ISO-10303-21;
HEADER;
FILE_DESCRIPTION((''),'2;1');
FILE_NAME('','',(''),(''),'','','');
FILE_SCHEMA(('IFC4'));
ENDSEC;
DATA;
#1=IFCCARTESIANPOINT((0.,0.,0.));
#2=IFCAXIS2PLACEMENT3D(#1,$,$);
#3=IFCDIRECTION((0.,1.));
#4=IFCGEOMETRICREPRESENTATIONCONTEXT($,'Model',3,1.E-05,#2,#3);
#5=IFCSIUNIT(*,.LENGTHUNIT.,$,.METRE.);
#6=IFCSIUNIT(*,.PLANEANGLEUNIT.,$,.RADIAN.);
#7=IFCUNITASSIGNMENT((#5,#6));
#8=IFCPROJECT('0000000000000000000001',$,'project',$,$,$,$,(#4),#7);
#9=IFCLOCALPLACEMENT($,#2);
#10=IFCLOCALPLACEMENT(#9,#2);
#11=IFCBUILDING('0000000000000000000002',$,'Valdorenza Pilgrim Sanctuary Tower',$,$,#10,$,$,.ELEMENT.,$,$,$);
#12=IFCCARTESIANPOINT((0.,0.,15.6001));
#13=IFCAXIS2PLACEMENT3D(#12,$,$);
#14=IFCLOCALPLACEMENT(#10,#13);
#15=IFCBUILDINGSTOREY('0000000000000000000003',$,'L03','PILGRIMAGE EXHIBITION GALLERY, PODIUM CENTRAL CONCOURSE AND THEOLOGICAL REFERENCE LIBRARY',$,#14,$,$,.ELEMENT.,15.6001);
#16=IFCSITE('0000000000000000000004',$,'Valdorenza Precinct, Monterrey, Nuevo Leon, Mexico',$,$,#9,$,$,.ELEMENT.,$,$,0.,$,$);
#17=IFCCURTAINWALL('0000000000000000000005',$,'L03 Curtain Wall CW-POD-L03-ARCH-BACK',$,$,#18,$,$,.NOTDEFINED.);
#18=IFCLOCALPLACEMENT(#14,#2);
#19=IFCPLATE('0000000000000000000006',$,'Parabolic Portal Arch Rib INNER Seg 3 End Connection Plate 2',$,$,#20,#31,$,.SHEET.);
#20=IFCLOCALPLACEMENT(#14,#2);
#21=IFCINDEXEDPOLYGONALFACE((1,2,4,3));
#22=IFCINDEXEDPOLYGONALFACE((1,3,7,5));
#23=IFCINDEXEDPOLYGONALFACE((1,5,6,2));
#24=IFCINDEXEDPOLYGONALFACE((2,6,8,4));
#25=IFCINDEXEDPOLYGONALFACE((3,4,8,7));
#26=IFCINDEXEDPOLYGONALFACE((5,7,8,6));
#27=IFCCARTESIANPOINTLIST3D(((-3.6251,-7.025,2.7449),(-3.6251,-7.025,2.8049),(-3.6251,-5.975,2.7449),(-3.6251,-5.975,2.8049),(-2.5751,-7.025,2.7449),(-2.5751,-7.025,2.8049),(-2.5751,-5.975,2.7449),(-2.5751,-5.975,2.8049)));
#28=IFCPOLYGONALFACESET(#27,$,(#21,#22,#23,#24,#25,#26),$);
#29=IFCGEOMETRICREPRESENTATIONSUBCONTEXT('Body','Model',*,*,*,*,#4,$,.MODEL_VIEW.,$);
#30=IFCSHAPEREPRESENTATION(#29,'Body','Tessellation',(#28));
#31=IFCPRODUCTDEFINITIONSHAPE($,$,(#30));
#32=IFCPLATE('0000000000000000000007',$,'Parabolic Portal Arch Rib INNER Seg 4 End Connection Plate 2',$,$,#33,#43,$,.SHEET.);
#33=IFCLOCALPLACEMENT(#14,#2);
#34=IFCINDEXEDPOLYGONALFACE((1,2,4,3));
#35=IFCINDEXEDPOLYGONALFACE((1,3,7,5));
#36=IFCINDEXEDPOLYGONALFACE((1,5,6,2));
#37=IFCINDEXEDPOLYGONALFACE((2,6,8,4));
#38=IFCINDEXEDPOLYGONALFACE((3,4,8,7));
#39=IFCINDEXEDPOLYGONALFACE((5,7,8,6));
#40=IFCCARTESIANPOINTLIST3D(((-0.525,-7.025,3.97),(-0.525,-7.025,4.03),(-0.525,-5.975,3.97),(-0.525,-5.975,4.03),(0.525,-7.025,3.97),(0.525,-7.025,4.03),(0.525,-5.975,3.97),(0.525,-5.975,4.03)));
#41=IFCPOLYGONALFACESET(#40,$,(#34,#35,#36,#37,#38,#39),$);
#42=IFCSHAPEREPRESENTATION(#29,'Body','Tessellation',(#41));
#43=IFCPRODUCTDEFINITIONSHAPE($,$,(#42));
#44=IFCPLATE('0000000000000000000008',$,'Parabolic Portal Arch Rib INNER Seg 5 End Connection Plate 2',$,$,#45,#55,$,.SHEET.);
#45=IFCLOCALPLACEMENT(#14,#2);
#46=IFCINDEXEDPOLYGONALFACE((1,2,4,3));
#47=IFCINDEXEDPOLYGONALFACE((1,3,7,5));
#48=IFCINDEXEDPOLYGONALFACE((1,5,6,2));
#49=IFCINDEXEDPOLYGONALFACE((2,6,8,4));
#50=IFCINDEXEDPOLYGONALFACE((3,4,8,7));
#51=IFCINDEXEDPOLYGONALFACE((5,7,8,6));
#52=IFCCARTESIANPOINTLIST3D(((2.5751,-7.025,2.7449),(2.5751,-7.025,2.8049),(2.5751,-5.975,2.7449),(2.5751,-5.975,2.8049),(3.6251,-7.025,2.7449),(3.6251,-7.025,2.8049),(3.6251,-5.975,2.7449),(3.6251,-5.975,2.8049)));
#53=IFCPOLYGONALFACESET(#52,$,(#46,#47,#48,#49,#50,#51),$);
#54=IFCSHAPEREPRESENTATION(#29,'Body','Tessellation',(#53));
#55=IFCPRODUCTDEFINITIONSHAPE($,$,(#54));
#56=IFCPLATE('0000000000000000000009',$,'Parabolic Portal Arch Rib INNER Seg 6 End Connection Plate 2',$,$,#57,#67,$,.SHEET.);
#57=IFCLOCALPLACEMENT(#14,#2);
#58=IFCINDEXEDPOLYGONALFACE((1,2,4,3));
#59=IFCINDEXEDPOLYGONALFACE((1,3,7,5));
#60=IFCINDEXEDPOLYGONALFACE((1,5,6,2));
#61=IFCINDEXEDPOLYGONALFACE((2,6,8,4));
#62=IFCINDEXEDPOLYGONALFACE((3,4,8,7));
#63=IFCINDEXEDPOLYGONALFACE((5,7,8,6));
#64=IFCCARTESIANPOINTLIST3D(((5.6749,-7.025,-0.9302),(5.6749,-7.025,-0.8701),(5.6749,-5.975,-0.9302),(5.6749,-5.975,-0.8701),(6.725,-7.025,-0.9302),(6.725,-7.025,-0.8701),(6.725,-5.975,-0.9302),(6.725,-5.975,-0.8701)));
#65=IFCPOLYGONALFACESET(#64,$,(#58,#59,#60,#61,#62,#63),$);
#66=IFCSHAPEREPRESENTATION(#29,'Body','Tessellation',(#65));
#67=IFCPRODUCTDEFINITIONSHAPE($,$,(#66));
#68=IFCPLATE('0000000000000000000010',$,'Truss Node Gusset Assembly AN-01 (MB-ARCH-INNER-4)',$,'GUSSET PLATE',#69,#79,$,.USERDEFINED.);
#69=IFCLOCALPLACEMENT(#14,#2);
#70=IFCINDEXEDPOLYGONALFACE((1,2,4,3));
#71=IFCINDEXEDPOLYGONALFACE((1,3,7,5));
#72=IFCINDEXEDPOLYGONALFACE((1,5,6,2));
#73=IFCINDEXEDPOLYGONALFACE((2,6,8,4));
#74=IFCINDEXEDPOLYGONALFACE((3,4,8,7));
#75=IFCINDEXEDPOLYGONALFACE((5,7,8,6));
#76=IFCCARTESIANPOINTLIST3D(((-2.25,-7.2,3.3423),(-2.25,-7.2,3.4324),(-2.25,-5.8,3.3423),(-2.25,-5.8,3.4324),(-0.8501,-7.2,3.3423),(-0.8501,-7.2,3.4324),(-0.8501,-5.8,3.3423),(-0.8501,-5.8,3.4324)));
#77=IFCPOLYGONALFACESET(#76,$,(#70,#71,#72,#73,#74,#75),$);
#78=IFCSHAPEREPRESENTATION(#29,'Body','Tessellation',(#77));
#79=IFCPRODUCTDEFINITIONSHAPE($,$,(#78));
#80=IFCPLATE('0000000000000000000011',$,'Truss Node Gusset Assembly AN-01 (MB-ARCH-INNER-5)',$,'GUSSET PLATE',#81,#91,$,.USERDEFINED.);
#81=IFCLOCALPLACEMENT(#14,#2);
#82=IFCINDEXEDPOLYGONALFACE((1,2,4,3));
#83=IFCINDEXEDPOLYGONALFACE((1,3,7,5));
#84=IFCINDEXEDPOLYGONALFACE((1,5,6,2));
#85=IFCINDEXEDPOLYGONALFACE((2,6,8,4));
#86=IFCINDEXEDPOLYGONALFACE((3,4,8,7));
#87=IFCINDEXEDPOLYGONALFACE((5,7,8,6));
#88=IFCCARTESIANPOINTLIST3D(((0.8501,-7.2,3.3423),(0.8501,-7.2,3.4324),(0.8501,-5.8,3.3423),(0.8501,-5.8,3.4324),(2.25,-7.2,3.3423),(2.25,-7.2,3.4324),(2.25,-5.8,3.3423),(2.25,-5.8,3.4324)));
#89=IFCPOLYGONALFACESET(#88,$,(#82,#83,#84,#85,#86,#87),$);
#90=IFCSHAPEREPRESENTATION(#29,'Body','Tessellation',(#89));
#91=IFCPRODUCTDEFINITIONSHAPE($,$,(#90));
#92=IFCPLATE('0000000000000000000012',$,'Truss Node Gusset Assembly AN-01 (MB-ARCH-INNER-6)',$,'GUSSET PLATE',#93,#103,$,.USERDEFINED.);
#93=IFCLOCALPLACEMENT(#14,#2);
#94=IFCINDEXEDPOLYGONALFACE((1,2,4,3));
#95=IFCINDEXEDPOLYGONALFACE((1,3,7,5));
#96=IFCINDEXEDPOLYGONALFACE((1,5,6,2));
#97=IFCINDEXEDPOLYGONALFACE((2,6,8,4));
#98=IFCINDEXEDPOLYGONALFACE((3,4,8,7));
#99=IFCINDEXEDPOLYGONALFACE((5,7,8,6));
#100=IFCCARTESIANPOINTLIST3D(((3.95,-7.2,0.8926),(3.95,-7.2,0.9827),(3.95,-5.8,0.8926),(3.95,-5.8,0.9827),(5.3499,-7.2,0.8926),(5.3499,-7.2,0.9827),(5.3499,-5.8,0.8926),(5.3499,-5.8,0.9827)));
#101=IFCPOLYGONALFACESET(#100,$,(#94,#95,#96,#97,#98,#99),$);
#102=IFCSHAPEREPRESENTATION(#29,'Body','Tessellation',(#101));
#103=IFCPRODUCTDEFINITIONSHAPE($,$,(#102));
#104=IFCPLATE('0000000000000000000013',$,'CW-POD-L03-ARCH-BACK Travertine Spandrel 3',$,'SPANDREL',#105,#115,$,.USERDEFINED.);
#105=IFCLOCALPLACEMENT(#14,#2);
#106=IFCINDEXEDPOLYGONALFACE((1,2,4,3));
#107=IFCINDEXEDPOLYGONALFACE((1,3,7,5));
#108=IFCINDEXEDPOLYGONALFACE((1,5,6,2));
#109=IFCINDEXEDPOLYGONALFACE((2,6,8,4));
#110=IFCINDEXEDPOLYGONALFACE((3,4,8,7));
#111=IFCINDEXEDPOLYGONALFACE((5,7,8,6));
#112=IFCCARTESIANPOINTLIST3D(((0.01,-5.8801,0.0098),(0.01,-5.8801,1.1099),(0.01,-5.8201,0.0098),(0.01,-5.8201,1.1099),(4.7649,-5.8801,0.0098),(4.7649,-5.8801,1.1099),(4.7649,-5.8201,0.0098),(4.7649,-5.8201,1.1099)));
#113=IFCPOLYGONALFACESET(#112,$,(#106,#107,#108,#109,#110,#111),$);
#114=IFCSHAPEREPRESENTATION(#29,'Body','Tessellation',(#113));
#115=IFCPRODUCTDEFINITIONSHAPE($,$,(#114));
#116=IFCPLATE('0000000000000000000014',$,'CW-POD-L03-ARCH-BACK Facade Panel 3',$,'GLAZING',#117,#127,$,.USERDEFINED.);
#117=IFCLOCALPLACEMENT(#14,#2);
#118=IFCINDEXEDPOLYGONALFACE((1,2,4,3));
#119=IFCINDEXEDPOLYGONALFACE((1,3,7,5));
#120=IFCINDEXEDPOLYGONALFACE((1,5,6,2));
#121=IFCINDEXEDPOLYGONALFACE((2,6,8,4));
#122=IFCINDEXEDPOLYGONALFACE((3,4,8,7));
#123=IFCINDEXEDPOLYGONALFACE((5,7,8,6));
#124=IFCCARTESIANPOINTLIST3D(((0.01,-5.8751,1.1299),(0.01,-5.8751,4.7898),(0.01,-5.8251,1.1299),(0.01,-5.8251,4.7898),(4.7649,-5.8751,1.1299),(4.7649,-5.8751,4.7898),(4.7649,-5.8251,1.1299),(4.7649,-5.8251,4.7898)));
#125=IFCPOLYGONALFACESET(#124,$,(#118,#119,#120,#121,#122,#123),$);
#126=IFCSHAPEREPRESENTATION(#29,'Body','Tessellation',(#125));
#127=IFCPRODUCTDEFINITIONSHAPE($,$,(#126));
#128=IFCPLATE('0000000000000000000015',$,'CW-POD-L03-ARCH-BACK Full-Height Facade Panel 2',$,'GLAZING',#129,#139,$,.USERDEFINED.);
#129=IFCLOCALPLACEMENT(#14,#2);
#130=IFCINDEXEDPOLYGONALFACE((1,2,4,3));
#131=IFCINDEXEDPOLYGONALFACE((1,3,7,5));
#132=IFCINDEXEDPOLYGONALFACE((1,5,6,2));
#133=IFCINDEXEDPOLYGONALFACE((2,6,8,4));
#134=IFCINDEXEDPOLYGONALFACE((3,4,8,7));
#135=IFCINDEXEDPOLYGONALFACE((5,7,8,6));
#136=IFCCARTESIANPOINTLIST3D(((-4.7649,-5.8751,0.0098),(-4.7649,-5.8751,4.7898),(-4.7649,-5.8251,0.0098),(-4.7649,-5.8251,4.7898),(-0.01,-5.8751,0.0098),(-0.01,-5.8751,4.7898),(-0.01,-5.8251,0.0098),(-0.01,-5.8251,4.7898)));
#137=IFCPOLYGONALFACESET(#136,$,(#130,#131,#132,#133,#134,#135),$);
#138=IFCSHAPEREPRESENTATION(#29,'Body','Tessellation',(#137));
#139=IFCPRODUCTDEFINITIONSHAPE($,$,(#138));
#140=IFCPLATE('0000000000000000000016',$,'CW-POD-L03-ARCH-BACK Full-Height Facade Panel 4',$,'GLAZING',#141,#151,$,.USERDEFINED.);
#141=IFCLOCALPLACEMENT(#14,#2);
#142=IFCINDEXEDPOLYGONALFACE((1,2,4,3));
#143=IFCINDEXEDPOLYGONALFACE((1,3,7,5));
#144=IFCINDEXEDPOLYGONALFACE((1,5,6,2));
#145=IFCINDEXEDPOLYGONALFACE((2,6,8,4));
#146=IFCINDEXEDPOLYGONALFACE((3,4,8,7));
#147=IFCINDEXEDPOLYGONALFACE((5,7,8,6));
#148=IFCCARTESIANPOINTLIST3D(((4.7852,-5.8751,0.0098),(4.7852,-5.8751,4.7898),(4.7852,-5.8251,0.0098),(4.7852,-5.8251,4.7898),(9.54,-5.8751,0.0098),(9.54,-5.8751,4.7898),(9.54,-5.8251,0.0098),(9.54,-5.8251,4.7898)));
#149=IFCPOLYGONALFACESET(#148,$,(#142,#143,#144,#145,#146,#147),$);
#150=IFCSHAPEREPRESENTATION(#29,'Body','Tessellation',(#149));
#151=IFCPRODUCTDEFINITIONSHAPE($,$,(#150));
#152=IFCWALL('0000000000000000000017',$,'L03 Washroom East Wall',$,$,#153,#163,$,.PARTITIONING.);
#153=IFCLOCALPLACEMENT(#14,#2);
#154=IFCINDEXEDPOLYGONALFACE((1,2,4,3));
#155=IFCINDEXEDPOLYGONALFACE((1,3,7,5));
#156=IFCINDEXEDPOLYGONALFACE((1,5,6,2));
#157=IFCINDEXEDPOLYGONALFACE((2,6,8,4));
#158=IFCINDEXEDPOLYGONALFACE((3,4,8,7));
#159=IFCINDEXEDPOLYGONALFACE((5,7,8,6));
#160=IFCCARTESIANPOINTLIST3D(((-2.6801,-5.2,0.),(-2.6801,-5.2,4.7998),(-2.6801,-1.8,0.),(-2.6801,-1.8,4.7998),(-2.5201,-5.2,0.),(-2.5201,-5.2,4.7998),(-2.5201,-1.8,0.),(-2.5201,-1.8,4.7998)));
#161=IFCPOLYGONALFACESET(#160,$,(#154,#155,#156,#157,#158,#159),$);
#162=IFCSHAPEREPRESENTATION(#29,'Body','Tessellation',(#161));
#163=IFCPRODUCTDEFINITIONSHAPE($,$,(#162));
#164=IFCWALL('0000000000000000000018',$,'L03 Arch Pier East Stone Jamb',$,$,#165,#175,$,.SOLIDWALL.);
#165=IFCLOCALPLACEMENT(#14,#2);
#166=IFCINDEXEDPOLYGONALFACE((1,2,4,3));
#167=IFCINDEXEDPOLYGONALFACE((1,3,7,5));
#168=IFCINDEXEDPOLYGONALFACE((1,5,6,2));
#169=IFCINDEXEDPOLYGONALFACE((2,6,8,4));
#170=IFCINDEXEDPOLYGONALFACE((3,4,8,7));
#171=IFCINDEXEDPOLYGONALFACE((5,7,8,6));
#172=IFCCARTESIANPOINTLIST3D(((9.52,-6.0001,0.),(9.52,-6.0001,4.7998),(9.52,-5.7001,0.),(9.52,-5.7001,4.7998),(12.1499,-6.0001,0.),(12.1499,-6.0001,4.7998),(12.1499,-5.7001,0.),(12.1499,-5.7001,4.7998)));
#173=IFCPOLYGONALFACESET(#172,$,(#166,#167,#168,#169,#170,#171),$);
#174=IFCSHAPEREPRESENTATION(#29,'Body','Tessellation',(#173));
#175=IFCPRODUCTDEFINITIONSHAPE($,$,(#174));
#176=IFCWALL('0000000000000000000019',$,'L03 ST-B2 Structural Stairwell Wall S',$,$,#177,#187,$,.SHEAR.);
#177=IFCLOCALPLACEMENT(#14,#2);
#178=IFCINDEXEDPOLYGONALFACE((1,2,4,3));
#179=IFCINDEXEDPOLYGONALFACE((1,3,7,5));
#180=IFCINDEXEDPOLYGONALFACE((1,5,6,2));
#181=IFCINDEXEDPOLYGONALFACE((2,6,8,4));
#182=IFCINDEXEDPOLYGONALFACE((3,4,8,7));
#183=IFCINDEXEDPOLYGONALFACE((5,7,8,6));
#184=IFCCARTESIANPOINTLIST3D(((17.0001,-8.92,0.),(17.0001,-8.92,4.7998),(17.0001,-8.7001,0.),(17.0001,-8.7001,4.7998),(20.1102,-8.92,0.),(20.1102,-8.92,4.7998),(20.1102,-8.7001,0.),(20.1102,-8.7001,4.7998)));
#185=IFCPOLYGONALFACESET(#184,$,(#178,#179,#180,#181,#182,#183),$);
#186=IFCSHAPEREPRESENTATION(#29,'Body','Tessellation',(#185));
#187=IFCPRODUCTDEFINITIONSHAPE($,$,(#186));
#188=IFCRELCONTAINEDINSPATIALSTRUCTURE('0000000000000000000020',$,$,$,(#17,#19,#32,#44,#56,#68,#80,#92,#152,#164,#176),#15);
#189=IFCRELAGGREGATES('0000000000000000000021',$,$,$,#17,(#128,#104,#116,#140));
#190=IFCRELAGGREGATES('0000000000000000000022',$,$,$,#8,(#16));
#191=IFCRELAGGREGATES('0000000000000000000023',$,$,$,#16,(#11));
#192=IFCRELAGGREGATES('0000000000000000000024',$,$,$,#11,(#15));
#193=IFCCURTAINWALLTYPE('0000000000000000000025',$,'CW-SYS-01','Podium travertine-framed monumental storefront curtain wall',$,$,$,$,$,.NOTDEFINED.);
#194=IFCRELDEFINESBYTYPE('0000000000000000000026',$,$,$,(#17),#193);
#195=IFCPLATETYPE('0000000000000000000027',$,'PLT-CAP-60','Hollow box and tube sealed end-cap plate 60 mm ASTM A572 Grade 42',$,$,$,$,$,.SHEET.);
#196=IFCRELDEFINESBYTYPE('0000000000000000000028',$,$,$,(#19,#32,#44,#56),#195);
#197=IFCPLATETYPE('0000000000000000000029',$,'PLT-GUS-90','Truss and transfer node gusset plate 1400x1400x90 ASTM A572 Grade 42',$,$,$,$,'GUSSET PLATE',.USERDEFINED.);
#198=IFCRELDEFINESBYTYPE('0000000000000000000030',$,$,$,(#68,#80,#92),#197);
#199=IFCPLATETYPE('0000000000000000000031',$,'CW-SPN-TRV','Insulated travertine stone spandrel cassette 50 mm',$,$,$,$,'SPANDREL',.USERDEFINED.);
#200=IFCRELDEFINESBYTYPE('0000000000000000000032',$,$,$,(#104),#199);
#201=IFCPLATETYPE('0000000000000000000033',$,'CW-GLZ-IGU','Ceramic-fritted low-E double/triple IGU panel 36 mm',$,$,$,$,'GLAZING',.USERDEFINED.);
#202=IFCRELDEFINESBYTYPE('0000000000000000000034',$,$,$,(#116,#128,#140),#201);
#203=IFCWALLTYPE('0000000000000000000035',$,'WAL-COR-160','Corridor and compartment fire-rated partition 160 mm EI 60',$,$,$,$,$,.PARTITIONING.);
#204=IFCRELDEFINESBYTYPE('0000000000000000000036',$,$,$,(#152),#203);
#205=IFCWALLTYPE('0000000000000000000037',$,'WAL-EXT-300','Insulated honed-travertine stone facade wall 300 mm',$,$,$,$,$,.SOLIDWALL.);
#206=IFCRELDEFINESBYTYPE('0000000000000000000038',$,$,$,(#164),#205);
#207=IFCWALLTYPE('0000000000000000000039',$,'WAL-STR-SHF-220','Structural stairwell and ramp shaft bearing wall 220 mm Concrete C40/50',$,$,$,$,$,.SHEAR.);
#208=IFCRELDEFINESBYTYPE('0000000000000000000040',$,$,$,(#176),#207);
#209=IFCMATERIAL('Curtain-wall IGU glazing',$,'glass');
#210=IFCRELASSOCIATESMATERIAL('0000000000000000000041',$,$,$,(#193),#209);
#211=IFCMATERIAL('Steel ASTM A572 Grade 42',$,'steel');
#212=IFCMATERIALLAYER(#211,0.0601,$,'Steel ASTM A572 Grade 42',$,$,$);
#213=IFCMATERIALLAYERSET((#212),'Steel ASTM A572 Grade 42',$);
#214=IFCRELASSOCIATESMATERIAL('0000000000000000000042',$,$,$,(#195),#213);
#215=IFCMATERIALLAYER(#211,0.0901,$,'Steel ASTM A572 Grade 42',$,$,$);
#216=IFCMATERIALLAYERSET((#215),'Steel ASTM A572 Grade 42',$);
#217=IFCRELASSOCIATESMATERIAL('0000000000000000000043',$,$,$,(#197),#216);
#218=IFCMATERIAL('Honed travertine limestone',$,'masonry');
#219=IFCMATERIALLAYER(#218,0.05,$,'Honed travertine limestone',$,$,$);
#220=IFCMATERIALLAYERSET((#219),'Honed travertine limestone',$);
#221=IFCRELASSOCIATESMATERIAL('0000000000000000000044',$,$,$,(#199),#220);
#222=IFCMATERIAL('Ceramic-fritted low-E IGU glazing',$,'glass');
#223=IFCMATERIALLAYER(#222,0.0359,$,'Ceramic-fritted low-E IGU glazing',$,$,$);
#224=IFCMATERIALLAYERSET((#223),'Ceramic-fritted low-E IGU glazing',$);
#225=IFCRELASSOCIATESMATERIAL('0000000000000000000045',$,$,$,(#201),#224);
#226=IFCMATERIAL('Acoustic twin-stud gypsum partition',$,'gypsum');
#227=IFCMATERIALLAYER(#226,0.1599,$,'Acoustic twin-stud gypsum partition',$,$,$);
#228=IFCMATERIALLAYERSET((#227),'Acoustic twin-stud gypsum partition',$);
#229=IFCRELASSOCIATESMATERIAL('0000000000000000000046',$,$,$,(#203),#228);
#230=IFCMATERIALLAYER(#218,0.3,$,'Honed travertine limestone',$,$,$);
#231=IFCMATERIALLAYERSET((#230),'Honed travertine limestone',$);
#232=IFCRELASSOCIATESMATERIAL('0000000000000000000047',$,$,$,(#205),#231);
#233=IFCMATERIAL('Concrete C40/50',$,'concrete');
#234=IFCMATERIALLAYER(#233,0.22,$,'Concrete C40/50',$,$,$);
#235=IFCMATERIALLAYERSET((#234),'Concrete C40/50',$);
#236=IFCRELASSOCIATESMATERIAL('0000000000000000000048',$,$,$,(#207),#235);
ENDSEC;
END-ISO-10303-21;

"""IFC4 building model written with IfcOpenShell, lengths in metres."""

from ifc_helpers import new_model, si_unit, direction, frame, frame_2d, origin, origin_2d, place, context, subcontext, project, spatial, rectangle, extrude, source, transform, mapped, material, layer, layer_set, type_object, element, aggregate, save


model = new_model("IFC4")

# Units and contexts
model_context = context("Model", 3, precision=1e-05, world=origin(), true_north=direction((0.0, 1.0)))
body_context = subcontext(model_context, "Body", "Model", "MODEL_VIEW")
ifc_project = project(units=[si_unit("LENGTHUNIT", "METRE"), si_unit("PLANEANGLEUNIT", "RADIAN")], contexts=[model_context])

# Site, building, storey
site_placement = place(None, origin())
site = spatial("IfcSite", under=ifc_project, at=site_placement, Name="Valdorenza Precinct, Monterrey, Nuevo Leon, Mexico", CompositionType="ELEMENT", RefElevation=0.0)
building_placement = place(site_placement, origin())
building = spatial("IfcBuilding", under=site, at=building_placement, Name="Valdorenza Pilgrim Sanctuary Tower", CompositionType="ELEMENT")
storey_placement = place(building_placement, frame((0.0, 0.0, 15.6001)))
storey = spatial("IfcBuildingStorey", under=building, at=storey_placement, Name="L03", Description="PILGRIMAGE EXHIBITION GALLERY, PODIUM CENTRAL CONCOURSE AND THEOLOGICAL REFERENCE LIBRARY", CompositionType="ELEMENT", Elevation=15.6001)

# Shared definitions
ifc_material_1 = material(Name="Steel ASTM A572 Grade 42", Category="steel")

# Curtain wall
ifc_material_2 = material(Name="Curtain-wall IGU glazing", Category="glass")
curtain_wall_type = type_object("IfcCurtainWallType", Name="CW-SYS-01", Description="Podium travertine-framed monumental storefront curtain wall", PredefinedType="NOTDEFINED", material=ifc_material_2)
curtain_wall_placement = place(storey_placement, origin())
curtain_wall = element("IfcCurtainWall", 1, at=curtain_wall_placement, inside=storey, type_object=curtain_wall_type, Name="L03 Curtain Wall CW-POD-L03-ARCH-BACK", PredefinedType="NOTDEFINED")

# Plates
ifc_layer_1 = layer(ifc_material_1, 0.0601, Name="Steel ASTM A572 Grade 42")
ifc_layer_set_1 = layer_set([ifc_layer_1], Name="Steel ASTM A572 Grade 42")
plate_type_1 = type_object("IfcPlateType", Name="PLT-CAP-60", Description="Hollow box and tube sealed end-cap plate 60 mm ASTM A572 Grade 42", PredefinedType="SHEET", material=ifc_layer_set_1)
shared_shape_1 = source(origin(), body_context, "Body", "SweptSolid", [
    extrude(rectangle(XDim=1.05, YDim=1.05, at=origin_2d()), origin(), (0.0, 0.0, 1.0), 0.0601),
])
for number, where, z_axis, x_axis, name in (
    (2, (-3.1001, -6.5, 2.7449), (0.0, 0.0, 1.0), (1.0, 0.0, 0.0), "Parabolic Portal Arch Rib INNER Seg 3 End Connection Plate 2"),
    (3, (0.0, -6.5, 3.97), (0.0, 0.0, 1.0), (1.0, 0.0, 0.0), "Parabolic Portal Arch Rib INNER Seg 4 End Connection Plate 2"),
    (4, (3.1001, -6.5, 2.7449), (0.0, 0.0, 1.0), (1.0, 0.0, 0.0), "Parabolic Portal Arch Rib INNER Seg 5 End Connection Plate 2"),
    (5, (6.2, -6.5, -0.9302), (0.0, 0.0, 1.0), (1.0, 0.0, 0.0), "Parabolic Portal Arch Rib INNER Seg 6 End Connection Plate 2"),
):
    element("IfcPlate", number, at=place(storey_placement, frame(where, z_axis=z_axis, x_axis=x_axis)), inside=storey, type_object=plate_type_1, Name=name, PredefinedType="SHEET", context=body_context, shape_type="MappedRepresentation", body=[
        mapped(shared_shape_1, transform((0.0, 0.0, 0.0), x_axis=(1.0, 0.0, 0.0), y_axis=(0.0, 1.0, 0.0), z_axis=(0.0, 0.0, 1.0), scale=1.0)),
    ])
ifc_layer_2 = layer(ifc_material_1, 0.0901, Name="Steel ASTM A572 Grade 42")
ifc_layer_set_2 = layer_set([ifc_layer_2], Name="Steel ASTM A572 Grade 42")
plate_type_2 = type_object("IfcPlateType", Name="PLT-GUS-90", Description="Truss and transfer node gusset plate 1400x1400x90 ASTM A572 Grade 42", ElementType="GUSSET PLATE", PredefinedType="USERDEFINED", material=ifc_layer_set_2)
shared_shape_2 = source(origin(), body_context, "Body", "SweptSolid", [
    extrude(rectangle(XDim=1.3999, YDim=1.3999, at=origin_2d()), origin(), (0.0, 0.0, 1.0), 0.0901),
])
for number, where, z_axis, x_axis, name in (
    (6, (-1.55, -6.5, 3.3423), (0.0, 0.0, 1.0), (1.0, 0.0, 0.0), "Truss Node Gusset Assembly AN-01 (MB-ARCH-INNER-4)"),
    (7, (1.55, -6.5, 3.3423), (0.0, 0.0, 1.0), (1.0, 0.0, 0.0), "Truss Node Gusset Assembly AN-01 (MB-ARCH-INNER-5)"),
    (8, (4.6499, -6.5, 0.8926), (0.0, 0.0, 1.0), (1.0, 0.0, 0.0), "Truss Node Gusset Assembly AN-01 (MB-ARCH-INNER-6)"),
):
    element("IfcPlate", number, at=place(storey_placement, frame(where, z_axis=z_axis, x_axis=x_axis)), inside=storey, type_object=plate_type_2, Name=name, ObjectType="GUSSET PLATE", PredefinedType="USERDEFINED", context=body_context, shape_type="MappedRepresentation", body=[
        mapped(shared_shape_2, transform((0.0, 0.0, 0.0), x_axis=(1.0, 0.0, 0.0), y_axis=(0.0, 1.0, 0.0), z_axis=(0.0, 0.0, 1.0), scale=1.0)),
    ])

# Plates
ifc_material_3 = material(Name="Honed travertine limestone", Category="masonry")
ifc_layer_3 = layer(ifc_material_3, 0.05, Name="Honed travertine limestone")
ifc_layer_set_3 = layer_set([ifc_layer_3], Name="Honed travertine limestone")
plate_type_3 = type_object("IfcPlateType", Name="CW-SPN-TRV", Description="Insulated travertine stone spandrel cassette 50 mm", ElementType="SPANDREL", PredefinedType="USERDEFINED", material=ifc_layer_set_3)
shared_shape_3 = source(origin(), body_context, "Body", "SweptSolid", [
    extrude(rectangle(XDim=4.7549, YDim=0.0601, at=origin_2d()), origin(), (0.0, 0.0, 1.0), 1.1001),
])
plate_1_placement = place(storey_placement, frame((2.3875, -5.8501, 0.0098), z_axis=(0.0, 0.0, 1.0), x_axis=(1.0, 0.0, 0.0)))
plate_1 = element("IfcPlate", 9, at=plate_1_placement, type_object=plate_type_3, Name="CW-POD-L03-ARCH-BACK Travertine Spandrel 3", ObjectType="SPANDREL", PredefinedType="USERDEFINED", context=body_context, shape_type="MappedRepresentation", body=[
    mapped(shared_shape_3, transform((0.0, 0.0, 0.0), x_axis=(1.0, 0.0, 0.0), y_axis=(0.0, 1.0, 0.0), z_axis=(0.0, 0.0, 1.0), scale=1.0)),
])
ifc_material_4 = material(Name="Ceramic-fritted low-E IGU glazing", Category="glass")
ifc_layer_4 = layer(ifc_material_4, 0.0359, Name="Ceramic-fritted low-E IGU glazing")
ifc_layer_set_4 = layer_set([ifc_layer_4], Name="Ceramic-fritted low-E IGU glazing")
plate_type_4 = type_object("IfcPlateType", Name="CW-GLZ-IGU", Description="Ceramic-fritted low-E double/triple IGU panel 36 mm", ElementType="GLAZING", PredefinedType="USERDEFINED", material=ifc_layer_set_4)
shared_shape_4 = source(origin(), body_context, "Body", "SweptSolid", [
    extrude(rectangle(XDim=4.7549, YDim=0.05, at=origin_2d()), origin(), (0.0, 0.0, 1.0), 3.6599),
])
plate_2_placement = place(storey_placement, frame((2.3875, -5.8501, 1.1299), z_axis=(0.0, 0.0, 1.0), x_axis=(1.0, 0.0, 0.0)))
plate_2 = element("IfcPlate", 10, at=plate_2_placement, type_object=plate_type_4, Name="CW-POD-L03-ARCH-BACK Facade Panel 3", ObjectType="GLAZING", PredefinedType="USERDEFINED", context=body_context, shape_type="MappedRepresentation", body=[
    mapped(shared_shape_4, transform((0.0, 0.0, 0.0), x_axis=(1.0, 0.0, 0.0), y_axis=(0.0, 1.0, 0.0), z_axis=(0.0, 0.0, 1.0), scale=1.0)),
])
shared_shape_5 = source(origin(), body_context, "Body", "SweptSolid", [
    extrude(rectangle(XDim=4.7549, YDim=0.05, at=origin_2d()), origin(), (0.0, 0.0, 1.0), 4.78),
])
plate_3_placement = place(storey_placement, frame((-2.3875, -5.8501, 0.0098), z_axis=(0.0, 0.0, 1.0), x_axis=(1.0, 0.0, 0.0)))
plate_3 = element("IfcPlate", 11, at=plate_3_placement, type_object=plate_type_4, Name="CW-POD-L03-ARCH-BACK Full-Height Facade Panel 2", ObjectType="GLAZING", PredefinedType="USERDEFINED", context=body_context, shape_type="MappedRepresentation", body=[
    mapped(shared_shape_5, transform((0.0, 0.0, 0.0), x_axis=(1.0, 0.0, 0.0), y_axis=(0.0, 1.0, 0.0), z_axis=(0.0, 0.0, 1.0), scale=1.0)),
])
plate_4_placement = place(storey_placement, frame((7.1626, -5.8501, 0.0098), z_axis=(0.0, 0.0, 1.0), x_axis=(1.0, 0.0, 0.0)))
plate_4 = element("IfcPlate", 12, at=plate_4_placement, type_object=plate_type_4, Name="CW-POD-L03-ARCH-BACK Full-Height Facade Panel 4", ObjectType="GLAZING", PredefinedType="USERDEFINED", context=body_context, shape_type="MappedRepresentation", body=[
    mapped(shared_shape_5, transform((0.0, 0.0, 0.0), x_axis=(1.0, 0.0, 0.0), y_axis=(0.0, 1.0, 0.0), z_axis=(0.0, 0.0, 1.0), scale=1.0)),
])
aggregate(curtain_wall, [plate_3, plate_1, plate_2, plate_4])

# Walls
ifc_material_5 = material(Name="Acoustic twin-stud gypsum partition", Category="gypsum")
ifc_layer_5 = layer(ifc_material_5, 0.1599, Name="Acoustic twin-stud gypsum partition")
ifc_layer_set_5 = layer_set([ifc_layer_5], Name="Acoustic twin-stud gypsum partition")
wall_type_1 = type_object("IfcWallType", Name="WAL-COR-160", Description="Corridor and compartment fire-rated partition 160 mm EI 60", PredefinedType="PARTITIONING", material=ifc_layer_set_5)
wall_1_placement = place(storey_placement, frame((-2.6001, -5.2, 0.0), z_axis=(0.0, 0.0, 1.0), x_axis=(0.0, 1.0, 0.0)))
element("IfcWall", 13, at=wall_1_placement, inside=storey, type_object=wall_type_1, Name="L03 Washroom East Wall", PredefinedType="PARTITIONING", context=body_context, shape_type="SweptSolid", body=[
    extrude(rectangle(XDim=3.3999, YDim=0.1599, at=frame_2d((1.7, 0.0))), origin(), (0.0, 0.0, 1.0), 4.7998),
])
ifc_layer_6 = layer(ifc_material_3, 0.3, Name="Honed travertine limestone")
ifc_layer_set_6 = layer_set([ifc_layer_6], Name="Honed travertine limestone")
wall_type_2 = type_object("IfcWallType", Name="WAL-EXT-300", Description="Insulated honed-travertine stone facade wall 300 mm", PredefinedType="SOLIDWALL", material=ifc_layer_set_6)
wall_2_placement = place(storey_placement, frame((9.52, -5.8501, 0.0), z_axis=(0.0, 0.0, 1.0), x_axis=(1.0, 0.0, 0.0)))
element("IfcWall", 14, at=wall_2_placement, inside=storey, type_object=wall_type_2, Name="L03 Arch Pier East Stone Jamb", PredefinedType="SOLIDWALL", context=body_context, shape_type="SweptSolid", body=[
    extrude(rectangle(XDim=2.6299, YDim=0.3, at=frame_2d((1.3149, 0.0))), origin(), (0.0, 0.0, 1.0), 4.7998),
])
ifc_material_6 = material(Name="Concrete C40/50", Category="concrete")
ifc_layer_7 = layer(ifc_material_6, 0.22, Name="Concrete C40/50")
ifc_layer_set_7 = layer_set([ifc_layer_7], Name="Concrete C40/50")
wall_type_3 = type_object("IfcWallType", Name="WAL-STR-SHF-220", Description="Structural stairwell and ramp shaft bearing wall 220 mm Concrete C40/50", PredefinedType="SHEAR", material=ifc_layer_set_7)
wall_3_placement = place(storey_placement, frame((17.0, -8.8101, 0.0), z_axis=(0.0, 0.0, 1.0), x_axis=(1.0, 0.0, 0.0)))
element("IfcWall", 15, at=wall_3_placement, inside=storey, type_object=wall_type_3, Name="L03 ST-B2 Structural Stairwell Wall S", PredefinedType="SHEAR", context=body_context, shape_type="SweptSolid", body=[
    extrude(rectangle(XDim=3.1101, YDim=0.22, at=frame_2d((1.5552, 0.0))), origin(), (0.0, 0.0, 1.0), 4.7998),
])

save(model, "model.ifc")
